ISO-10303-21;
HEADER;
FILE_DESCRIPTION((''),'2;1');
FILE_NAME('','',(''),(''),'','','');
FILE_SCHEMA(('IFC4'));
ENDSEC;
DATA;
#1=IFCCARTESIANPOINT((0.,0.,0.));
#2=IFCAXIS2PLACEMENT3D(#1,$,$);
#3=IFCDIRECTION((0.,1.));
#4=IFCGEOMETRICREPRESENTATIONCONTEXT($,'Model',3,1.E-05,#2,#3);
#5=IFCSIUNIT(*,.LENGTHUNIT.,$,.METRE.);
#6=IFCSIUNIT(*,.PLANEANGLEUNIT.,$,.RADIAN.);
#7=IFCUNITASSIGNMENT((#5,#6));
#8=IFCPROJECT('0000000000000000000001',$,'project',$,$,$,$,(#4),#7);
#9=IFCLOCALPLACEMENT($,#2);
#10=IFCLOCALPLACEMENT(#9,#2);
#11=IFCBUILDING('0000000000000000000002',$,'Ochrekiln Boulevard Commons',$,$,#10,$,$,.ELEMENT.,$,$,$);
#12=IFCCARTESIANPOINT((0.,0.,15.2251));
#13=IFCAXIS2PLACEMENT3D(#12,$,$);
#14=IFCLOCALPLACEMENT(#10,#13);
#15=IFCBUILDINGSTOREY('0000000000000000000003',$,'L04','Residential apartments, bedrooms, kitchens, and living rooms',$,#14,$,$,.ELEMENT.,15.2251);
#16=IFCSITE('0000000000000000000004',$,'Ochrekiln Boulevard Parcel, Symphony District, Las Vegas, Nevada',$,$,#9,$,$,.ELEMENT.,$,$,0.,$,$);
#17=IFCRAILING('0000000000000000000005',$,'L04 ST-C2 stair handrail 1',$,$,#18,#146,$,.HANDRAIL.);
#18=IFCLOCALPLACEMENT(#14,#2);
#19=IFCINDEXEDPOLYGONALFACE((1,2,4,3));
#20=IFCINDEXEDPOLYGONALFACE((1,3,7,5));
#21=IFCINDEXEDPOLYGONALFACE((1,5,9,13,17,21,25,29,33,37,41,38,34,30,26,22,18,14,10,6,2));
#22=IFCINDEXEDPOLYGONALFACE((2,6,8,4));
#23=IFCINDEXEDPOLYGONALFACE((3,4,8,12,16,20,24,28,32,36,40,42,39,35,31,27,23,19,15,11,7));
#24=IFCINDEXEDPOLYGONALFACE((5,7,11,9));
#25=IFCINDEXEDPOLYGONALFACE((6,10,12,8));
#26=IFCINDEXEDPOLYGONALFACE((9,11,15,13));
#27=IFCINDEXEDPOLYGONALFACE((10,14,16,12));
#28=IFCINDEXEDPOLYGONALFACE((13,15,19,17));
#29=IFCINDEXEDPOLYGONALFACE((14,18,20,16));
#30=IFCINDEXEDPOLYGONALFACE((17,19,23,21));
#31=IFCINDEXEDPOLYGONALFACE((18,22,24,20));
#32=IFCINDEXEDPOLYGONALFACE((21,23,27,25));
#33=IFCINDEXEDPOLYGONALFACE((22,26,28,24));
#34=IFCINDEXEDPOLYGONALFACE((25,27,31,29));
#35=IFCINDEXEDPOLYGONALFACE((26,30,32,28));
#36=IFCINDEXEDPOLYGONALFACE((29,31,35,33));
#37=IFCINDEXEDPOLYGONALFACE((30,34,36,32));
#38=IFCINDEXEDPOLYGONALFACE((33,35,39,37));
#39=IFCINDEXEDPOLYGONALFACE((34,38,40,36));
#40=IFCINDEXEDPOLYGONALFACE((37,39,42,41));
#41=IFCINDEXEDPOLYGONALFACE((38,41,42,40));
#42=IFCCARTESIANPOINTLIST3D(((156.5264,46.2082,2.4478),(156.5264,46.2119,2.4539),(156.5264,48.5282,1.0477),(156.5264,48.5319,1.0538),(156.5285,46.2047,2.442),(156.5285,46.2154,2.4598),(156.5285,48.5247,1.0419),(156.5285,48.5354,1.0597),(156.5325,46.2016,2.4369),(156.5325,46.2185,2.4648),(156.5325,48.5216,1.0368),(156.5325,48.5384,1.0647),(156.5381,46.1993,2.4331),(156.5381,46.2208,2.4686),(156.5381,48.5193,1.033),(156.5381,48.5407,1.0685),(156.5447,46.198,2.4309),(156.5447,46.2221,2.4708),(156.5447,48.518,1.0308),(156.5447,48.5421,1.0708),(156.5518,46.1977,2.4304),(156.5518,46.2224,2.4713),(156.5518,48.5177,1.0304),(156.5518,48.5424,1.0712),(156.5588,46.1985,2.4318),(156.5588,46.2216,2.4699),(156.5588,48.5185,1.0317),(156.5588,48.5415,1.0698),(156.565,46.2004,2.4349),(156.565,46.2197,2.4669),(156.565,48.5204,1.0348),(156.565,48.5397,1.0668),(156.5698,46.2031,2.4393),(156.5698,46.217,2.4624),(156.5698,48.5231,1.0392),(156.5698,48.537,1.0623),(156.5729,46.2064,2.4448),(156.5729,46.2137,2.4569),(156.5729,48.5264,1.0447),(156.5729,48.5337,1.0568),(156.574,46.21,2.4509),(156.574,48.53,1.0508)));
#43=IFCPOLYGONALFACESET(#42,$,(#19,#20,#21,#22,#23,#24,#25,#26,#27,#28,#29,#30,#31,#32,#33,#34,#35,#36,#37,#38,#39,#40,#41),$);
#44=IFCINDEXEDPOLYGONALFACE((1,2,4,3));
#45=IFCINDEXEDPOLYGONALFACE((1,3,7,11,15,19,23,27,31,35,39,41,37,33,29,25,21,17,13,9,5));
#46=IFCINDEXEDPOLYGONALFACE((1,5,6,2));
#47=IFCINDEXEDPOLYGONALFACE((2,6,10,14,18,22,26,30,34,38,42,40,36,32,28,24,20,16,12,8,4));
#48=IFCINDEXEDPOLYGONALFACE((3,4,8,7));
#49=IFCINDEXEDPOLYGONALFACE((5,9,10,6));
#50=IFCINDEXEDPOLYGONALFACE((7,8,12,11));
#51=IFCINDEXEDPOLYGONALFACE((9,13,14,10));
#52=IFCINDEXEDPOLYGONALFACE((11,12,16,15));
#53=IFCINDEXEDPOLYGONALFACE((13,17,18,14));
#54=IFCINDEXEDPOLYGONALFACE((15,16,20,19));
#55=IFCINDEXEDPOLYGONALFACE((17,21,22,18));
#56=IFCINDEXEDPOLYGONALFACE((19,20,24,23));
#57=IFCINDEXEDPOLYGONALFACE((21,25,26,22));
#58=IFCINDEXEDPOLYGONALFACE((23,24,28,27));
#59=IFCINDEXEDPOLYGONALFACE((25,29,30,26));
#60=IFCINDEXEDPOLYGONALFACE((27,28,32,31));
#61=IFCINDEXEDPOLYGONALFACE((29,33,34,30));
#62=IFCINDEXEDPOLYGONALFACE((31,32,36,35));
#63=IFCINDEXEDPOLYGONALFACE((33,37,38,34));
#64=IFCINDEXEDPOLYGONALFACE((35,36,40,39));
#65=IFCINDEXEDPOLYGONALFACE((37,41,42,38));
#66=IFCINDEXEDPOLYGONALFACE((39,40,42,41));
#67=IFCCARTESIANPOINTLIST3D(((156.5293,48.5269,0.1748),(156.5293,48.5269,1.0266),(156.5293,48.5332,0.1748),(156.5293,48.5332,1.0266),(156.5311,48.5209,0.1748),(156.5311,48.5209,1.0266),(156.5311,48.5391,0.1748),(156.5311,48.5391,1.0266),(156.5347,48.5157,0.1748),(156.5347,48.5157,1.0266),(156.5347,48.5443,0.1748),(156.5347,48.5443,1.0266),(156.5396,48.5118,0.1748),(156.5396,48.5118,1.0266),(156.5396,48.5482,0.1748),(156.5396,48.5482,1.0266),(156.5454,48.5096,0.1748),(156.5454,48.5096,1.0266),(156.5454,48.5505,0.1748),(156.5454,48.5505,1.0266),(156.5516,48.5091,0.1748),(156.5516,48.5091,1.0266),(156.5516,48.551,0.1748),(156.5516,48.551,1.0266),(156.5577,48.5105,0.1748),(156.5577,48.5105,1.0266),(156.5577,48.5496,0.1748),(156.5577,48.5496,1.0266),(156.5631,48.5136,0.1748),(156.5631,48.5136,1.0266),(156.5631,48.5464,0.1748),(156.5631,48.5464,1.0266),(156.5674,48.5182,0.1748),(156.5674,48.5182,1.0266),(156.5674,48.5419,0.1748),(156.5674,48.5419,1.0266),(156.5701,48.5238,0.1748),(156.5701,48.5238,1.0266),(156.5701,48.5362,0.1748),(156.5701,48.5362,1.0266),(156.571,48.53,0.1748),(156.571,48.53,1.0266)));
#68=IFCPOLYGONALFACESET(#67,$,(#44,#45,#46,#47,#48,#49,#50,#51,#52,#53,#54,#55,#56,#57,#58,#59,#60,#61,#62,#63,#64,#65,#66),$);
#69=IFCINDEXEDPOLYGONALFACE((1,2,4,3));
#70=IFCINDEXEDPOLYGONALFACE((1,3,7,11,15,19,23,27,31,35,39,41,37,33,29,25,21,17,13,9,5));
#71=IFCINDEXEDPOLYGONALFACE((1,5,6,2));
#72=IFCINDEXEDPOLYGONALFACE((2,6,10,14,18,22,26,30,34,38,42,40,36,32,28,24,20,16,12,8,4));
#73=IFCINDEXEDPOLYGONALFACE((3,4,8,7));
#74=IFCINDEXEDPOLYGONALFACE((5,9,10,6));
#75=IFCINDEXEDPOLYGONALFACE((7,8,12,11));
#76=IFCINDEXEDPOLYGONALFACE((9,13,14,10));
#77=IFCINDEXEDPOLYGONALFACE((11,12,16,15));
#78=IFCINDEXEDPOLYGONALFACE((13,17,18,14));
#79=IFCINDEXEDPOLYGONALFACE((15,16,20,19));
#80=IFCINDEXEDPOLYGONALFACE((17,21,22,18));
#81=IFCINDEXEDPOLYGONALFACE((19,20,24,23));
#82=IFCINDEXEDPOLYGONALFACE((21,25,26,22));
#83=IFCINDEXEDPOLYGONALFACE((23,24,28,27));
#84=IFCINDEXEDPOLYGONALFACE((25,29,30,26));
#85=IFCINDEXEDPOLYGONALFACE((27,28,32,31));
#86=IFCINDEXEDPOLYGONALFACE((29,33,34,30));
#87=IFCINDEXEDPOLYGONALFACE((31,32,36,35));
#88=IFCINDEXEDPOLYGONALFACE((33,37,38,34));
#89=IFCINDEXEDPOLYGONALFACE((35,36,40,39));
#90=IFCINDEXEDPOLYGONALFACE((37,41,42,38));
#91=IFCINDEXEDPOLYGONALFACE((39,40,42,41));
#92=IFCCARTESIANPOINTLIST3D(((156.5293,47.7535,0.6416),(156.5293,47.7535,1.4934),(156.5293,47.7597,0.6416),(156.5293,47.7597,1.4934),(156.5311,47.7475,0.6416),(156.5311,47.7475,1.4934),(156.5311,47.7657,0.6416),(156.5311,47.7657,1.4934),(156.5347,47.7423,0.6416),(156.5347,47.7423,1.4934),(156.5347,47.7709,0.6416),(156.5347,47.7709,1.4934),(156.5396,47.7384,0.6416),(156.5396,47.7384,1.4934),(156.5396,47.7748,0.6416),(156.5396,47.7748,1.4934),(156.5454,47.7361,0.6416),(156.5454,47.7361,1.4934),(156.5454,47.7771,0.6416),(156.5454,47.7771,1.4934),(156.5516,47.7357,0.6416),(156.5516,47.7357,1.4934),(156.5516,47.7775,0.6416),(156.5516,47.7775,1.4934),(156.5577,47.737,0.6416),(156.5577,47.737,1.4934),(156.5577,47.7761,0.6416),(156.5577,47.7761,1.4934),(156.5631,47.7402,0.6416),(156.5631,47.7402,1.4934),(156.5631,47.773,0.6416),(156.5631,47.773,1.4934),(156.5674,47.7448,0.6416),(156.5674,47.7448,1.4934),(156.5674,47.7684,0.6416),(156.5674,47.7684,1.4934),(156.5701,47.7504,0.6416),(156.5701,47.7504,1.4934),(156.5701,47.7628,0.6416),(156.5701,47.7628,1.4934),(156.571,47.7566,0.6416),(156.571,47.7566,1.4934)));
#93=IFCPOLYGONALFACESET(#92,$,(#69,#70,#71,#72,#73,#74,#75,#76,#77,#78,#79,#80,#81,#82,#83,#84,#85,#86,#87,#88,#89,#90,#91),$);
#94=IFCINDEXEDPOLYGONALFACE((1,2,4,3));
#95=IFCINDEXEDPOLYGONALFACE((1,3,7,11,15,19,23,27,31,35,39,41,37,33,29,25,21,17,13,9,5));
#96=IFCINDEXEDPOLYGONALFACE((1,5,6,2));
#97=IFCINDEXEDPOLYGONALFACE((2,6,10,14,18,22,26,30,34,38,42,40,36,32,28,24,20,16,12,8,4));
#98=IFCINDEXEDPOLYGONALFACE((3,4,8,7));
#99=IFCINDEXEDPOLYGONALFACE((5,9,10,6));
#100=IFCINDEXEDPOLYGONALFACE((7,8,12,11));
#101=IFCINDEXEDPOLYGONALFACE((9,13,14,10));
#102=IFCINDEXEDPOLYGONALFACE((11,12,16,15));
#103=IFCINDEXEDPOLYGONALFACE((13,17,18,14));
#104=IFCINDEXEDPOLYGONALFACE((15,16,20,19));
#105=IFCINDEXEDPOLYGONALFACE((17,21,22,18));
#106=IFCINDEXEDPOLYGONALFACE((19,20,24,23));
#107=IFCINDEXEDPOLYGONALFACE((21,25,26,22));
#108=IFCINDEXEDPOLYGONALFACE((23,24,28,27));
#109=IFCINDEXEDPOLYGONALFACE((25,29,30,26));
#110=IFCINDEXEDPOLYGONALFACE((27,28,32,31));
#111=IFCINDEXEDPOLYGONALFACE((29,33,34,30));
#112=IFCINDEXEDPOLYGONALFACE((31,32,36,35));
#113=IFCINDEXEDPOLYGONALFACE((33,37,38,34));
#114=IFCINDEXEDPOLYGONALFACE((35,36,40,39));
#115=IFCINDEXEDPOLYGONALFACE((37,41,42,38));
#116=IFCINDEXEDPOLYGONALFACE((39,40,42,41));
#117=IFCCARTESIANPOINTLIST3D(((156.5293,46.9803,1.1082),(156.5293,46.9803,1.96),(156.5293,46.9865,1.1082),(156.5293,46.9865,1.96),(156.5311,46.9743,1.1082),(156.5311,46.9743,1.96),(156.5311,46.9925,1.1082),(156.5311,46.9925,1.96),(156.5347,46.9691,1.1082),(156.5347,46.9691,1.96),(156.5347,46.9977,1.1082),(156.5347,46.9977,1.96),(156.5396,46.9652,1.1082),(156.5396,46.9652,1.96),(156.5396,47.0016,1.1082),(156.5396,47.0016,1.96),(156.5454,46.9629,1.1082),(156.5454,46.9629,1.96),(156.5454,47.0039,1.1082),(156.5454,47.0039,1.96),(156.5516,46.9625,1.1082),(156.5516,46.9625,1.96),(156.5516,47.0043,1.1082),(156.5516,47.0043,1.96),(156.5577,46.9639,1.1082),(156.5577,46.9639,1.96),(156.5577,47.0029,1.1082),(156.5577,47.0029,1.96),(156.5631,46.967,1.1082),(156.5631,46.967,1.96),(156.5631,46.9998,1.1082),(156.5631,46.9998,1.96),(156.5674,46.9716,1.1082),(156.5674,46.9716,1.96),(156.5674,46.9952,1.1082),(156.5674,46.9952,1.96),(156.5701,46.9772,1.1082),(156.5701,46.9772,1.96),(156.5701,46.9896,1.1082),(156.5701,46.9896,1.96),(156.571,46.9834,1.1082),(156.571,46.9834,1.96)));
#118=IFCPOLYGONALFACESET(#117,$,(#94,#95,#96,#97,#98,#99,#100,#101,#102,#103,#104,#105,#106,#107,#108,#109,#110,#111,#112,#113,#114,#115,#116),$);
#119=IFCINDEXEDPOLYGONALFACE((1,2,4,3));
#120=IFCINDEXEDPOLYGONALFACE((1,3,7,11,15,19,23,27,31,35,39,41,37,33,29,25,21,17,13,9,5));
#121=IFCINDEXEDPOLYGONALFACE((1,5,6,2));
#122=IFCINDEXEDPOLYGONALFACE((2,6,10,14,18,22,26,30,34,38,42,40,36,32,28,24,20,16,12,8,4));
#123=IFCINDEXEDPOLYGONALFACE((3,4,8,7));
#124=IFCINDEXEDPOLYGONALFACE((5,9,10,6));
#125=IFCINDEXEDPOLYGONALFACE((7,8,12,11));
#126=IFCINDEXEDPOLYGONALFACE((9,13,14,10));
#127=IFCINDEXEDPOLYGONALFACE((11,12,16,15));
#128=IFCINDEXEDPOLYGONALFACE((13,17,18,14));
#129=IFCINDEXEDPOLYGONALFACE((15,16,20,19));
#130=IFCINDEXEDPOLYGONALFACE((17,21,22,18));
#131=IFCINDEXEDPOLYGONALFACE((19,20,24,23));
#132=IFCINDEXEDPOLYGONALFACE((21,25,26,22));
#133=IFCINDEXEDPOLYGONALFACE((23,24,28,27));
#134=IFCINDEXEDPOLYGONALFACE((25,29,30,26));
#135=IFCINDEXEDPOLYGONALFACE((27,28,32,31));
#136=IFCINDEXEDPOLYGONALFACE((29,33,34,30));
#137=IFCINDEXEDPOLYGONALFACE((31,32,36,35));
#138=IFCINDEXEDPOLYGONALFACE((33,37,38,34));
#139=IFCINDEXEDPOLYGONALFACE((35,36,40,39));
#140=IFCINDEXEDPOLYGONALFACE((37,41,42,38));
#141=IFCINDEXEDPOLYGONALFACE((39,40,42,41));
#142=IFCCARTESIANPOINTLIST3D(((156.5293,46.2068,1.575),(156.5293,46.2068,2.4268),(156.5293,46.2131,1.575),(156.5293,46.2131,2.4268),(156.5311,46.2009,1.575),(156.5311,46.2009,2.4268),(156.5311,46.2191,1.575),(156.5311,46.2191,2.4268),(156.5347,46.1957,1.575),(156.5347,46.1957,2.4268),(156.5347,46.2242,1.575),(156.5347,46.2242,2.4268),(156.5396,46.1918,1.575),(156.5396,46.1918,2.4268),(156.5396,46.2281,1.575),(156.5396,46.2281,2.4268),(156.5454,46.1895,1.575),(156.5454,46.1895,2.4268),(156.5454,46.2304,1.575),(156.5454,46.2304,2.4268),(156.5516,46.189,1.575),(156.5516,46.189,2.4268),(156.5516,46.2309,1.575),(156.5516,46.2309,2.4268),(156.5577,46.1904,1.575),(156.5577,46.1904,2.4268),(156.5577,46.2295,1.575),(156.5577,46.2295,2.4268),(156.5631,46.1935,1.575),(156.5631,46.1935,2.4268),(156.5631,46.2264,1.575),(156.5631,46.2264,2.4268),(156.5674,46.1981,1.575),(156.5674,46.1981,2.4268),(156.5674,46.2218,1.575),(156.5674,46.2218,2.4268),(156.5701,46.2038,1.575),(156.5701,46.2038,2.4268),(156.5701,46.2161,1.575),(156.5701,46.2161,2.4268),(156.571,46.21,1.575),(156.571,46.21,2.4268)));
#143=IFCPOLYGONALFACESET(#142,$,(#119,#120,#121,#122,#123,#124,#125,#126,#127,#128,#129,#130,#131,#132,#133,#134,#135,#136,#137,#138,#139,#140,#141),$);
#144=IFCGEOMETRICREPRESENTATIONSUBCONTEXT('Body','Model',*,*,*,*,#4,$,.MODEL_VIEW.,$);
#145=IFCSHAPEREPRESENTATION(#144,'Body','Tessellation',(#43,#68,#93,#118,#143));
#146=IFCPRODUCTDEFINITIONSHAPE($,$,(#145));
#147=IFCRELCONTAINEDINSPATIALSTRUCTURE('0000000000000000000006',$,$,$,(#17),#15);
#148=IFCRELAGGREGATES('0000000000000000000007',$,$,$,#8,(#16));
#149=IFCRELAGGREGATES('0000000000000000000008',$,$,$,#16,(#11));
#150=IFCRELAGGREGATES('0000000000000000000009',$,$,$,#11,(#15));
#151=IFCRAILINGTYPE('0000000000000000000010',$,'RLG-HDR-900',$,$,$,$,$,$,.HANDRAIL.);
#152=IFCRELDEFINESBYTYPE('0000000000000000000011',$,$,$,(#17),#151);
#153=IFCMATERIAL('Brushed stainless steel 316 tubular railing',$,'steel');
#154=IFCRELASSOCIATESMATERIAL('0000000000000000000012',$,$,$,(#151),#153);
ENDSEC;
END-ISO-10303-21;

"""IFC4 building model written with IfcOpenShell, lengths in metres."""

from ifc_helpers import new_model, si_unit, direction, frame, origin, origin_2d, place, context, subcontext, project, spatial, circle, extrude, material, type_object, element, save


model = new_model("IFC4")

# Units and contexts
model_context = context("Model", 3, precision=1e-05, world=origin(), true_north=direction((0.0, 1.0)))
body_context = subcontext(model_context, "Body", "Model", "MODEL_VIEW")
ifc_project = project(units=[si_unit("LENGTHUNIT", "METRE"), si_unit("PLANEANGLEUNIT", "RADIAN")], contexts=[model_context])

# Site, building, storey
site_placement = place(None, origin())
site = spatial("IfcSite", under=ifc_project, at=site_placement, Name="Ochrekiln Boulevard Parcel, Symphony District, Las Vegas, Nevada", CompositionType="ELEMENT", RefElevation=0.0)
building_placement = place(site_placement, origin())
building = spatial("IfcBuilding", under=site, at=building_placement, Name="Ochrekiln Boulevard Commons", CompositionType="ELEMENT")
storey_placement = place(building_placement, frame((0.0, 0.0, 15.2251)))
storey = spatial("IfcBuildingStorey", under=building, at=storey_placement, Name="L04", Description="Residential apartments, bedrooms, kitchens, and living rooms", CompositionType="ELEMENT", Elevation=15.2251)

# Railing
ifc_material_1 = material(Name="Brushed stainless steel 316 tubular railing", Category="steel")
railing_type_1 = type_object("IfcRailingType", Name="RLG-HDR-900", PredefinedType="HANDRAIL", material=ifc_material_1)
railing_1_placement = place(storey_placement, frame((156.55, 48.53, 0.1748)))
element("IfcRailing", 1, at=railing_1_placement, inside=storey, type_object=railing_type_1, Name="L04 ST-C2 stair handrail 1", PredefinedType="HANDRAIL", context=body_context, shape_type="SweptSolid", body=[
    extrude(circle(Radius=0.0239, at=origin_2d()), frame((0.0, 0.0, 0.876), z_axis=(0.0, -0.85617, 0.516693), x_axis=(1.0, 0.0, 0.0)), (0.0, 0.0, 1.0), 2.7097),
    extrude(circle(Radius=0.021, at=origin_2d()), origin(), (0.0, 0.0, 1.0), 0.8518),
    extrude(circle(Radius=0.021, at=origin_2d()), frame((0.0, -0.7734, 0.4668)), (0.0, 0.0, 1.0), 0.8518),
    extrude(circle(Radius=0.021, at=origin_2d()), frame((0.0, -1.5466, 0.9333)), (0.0, 0.0, 1.0), 0.8518),
    extrude(circle(Radius=0.021, at=origin_2d()), frame((0.0, -2.3201, 1.4001)), (0.0, 0.0, 1.0), 0.8518),
])

save(model, "model.ifc")
